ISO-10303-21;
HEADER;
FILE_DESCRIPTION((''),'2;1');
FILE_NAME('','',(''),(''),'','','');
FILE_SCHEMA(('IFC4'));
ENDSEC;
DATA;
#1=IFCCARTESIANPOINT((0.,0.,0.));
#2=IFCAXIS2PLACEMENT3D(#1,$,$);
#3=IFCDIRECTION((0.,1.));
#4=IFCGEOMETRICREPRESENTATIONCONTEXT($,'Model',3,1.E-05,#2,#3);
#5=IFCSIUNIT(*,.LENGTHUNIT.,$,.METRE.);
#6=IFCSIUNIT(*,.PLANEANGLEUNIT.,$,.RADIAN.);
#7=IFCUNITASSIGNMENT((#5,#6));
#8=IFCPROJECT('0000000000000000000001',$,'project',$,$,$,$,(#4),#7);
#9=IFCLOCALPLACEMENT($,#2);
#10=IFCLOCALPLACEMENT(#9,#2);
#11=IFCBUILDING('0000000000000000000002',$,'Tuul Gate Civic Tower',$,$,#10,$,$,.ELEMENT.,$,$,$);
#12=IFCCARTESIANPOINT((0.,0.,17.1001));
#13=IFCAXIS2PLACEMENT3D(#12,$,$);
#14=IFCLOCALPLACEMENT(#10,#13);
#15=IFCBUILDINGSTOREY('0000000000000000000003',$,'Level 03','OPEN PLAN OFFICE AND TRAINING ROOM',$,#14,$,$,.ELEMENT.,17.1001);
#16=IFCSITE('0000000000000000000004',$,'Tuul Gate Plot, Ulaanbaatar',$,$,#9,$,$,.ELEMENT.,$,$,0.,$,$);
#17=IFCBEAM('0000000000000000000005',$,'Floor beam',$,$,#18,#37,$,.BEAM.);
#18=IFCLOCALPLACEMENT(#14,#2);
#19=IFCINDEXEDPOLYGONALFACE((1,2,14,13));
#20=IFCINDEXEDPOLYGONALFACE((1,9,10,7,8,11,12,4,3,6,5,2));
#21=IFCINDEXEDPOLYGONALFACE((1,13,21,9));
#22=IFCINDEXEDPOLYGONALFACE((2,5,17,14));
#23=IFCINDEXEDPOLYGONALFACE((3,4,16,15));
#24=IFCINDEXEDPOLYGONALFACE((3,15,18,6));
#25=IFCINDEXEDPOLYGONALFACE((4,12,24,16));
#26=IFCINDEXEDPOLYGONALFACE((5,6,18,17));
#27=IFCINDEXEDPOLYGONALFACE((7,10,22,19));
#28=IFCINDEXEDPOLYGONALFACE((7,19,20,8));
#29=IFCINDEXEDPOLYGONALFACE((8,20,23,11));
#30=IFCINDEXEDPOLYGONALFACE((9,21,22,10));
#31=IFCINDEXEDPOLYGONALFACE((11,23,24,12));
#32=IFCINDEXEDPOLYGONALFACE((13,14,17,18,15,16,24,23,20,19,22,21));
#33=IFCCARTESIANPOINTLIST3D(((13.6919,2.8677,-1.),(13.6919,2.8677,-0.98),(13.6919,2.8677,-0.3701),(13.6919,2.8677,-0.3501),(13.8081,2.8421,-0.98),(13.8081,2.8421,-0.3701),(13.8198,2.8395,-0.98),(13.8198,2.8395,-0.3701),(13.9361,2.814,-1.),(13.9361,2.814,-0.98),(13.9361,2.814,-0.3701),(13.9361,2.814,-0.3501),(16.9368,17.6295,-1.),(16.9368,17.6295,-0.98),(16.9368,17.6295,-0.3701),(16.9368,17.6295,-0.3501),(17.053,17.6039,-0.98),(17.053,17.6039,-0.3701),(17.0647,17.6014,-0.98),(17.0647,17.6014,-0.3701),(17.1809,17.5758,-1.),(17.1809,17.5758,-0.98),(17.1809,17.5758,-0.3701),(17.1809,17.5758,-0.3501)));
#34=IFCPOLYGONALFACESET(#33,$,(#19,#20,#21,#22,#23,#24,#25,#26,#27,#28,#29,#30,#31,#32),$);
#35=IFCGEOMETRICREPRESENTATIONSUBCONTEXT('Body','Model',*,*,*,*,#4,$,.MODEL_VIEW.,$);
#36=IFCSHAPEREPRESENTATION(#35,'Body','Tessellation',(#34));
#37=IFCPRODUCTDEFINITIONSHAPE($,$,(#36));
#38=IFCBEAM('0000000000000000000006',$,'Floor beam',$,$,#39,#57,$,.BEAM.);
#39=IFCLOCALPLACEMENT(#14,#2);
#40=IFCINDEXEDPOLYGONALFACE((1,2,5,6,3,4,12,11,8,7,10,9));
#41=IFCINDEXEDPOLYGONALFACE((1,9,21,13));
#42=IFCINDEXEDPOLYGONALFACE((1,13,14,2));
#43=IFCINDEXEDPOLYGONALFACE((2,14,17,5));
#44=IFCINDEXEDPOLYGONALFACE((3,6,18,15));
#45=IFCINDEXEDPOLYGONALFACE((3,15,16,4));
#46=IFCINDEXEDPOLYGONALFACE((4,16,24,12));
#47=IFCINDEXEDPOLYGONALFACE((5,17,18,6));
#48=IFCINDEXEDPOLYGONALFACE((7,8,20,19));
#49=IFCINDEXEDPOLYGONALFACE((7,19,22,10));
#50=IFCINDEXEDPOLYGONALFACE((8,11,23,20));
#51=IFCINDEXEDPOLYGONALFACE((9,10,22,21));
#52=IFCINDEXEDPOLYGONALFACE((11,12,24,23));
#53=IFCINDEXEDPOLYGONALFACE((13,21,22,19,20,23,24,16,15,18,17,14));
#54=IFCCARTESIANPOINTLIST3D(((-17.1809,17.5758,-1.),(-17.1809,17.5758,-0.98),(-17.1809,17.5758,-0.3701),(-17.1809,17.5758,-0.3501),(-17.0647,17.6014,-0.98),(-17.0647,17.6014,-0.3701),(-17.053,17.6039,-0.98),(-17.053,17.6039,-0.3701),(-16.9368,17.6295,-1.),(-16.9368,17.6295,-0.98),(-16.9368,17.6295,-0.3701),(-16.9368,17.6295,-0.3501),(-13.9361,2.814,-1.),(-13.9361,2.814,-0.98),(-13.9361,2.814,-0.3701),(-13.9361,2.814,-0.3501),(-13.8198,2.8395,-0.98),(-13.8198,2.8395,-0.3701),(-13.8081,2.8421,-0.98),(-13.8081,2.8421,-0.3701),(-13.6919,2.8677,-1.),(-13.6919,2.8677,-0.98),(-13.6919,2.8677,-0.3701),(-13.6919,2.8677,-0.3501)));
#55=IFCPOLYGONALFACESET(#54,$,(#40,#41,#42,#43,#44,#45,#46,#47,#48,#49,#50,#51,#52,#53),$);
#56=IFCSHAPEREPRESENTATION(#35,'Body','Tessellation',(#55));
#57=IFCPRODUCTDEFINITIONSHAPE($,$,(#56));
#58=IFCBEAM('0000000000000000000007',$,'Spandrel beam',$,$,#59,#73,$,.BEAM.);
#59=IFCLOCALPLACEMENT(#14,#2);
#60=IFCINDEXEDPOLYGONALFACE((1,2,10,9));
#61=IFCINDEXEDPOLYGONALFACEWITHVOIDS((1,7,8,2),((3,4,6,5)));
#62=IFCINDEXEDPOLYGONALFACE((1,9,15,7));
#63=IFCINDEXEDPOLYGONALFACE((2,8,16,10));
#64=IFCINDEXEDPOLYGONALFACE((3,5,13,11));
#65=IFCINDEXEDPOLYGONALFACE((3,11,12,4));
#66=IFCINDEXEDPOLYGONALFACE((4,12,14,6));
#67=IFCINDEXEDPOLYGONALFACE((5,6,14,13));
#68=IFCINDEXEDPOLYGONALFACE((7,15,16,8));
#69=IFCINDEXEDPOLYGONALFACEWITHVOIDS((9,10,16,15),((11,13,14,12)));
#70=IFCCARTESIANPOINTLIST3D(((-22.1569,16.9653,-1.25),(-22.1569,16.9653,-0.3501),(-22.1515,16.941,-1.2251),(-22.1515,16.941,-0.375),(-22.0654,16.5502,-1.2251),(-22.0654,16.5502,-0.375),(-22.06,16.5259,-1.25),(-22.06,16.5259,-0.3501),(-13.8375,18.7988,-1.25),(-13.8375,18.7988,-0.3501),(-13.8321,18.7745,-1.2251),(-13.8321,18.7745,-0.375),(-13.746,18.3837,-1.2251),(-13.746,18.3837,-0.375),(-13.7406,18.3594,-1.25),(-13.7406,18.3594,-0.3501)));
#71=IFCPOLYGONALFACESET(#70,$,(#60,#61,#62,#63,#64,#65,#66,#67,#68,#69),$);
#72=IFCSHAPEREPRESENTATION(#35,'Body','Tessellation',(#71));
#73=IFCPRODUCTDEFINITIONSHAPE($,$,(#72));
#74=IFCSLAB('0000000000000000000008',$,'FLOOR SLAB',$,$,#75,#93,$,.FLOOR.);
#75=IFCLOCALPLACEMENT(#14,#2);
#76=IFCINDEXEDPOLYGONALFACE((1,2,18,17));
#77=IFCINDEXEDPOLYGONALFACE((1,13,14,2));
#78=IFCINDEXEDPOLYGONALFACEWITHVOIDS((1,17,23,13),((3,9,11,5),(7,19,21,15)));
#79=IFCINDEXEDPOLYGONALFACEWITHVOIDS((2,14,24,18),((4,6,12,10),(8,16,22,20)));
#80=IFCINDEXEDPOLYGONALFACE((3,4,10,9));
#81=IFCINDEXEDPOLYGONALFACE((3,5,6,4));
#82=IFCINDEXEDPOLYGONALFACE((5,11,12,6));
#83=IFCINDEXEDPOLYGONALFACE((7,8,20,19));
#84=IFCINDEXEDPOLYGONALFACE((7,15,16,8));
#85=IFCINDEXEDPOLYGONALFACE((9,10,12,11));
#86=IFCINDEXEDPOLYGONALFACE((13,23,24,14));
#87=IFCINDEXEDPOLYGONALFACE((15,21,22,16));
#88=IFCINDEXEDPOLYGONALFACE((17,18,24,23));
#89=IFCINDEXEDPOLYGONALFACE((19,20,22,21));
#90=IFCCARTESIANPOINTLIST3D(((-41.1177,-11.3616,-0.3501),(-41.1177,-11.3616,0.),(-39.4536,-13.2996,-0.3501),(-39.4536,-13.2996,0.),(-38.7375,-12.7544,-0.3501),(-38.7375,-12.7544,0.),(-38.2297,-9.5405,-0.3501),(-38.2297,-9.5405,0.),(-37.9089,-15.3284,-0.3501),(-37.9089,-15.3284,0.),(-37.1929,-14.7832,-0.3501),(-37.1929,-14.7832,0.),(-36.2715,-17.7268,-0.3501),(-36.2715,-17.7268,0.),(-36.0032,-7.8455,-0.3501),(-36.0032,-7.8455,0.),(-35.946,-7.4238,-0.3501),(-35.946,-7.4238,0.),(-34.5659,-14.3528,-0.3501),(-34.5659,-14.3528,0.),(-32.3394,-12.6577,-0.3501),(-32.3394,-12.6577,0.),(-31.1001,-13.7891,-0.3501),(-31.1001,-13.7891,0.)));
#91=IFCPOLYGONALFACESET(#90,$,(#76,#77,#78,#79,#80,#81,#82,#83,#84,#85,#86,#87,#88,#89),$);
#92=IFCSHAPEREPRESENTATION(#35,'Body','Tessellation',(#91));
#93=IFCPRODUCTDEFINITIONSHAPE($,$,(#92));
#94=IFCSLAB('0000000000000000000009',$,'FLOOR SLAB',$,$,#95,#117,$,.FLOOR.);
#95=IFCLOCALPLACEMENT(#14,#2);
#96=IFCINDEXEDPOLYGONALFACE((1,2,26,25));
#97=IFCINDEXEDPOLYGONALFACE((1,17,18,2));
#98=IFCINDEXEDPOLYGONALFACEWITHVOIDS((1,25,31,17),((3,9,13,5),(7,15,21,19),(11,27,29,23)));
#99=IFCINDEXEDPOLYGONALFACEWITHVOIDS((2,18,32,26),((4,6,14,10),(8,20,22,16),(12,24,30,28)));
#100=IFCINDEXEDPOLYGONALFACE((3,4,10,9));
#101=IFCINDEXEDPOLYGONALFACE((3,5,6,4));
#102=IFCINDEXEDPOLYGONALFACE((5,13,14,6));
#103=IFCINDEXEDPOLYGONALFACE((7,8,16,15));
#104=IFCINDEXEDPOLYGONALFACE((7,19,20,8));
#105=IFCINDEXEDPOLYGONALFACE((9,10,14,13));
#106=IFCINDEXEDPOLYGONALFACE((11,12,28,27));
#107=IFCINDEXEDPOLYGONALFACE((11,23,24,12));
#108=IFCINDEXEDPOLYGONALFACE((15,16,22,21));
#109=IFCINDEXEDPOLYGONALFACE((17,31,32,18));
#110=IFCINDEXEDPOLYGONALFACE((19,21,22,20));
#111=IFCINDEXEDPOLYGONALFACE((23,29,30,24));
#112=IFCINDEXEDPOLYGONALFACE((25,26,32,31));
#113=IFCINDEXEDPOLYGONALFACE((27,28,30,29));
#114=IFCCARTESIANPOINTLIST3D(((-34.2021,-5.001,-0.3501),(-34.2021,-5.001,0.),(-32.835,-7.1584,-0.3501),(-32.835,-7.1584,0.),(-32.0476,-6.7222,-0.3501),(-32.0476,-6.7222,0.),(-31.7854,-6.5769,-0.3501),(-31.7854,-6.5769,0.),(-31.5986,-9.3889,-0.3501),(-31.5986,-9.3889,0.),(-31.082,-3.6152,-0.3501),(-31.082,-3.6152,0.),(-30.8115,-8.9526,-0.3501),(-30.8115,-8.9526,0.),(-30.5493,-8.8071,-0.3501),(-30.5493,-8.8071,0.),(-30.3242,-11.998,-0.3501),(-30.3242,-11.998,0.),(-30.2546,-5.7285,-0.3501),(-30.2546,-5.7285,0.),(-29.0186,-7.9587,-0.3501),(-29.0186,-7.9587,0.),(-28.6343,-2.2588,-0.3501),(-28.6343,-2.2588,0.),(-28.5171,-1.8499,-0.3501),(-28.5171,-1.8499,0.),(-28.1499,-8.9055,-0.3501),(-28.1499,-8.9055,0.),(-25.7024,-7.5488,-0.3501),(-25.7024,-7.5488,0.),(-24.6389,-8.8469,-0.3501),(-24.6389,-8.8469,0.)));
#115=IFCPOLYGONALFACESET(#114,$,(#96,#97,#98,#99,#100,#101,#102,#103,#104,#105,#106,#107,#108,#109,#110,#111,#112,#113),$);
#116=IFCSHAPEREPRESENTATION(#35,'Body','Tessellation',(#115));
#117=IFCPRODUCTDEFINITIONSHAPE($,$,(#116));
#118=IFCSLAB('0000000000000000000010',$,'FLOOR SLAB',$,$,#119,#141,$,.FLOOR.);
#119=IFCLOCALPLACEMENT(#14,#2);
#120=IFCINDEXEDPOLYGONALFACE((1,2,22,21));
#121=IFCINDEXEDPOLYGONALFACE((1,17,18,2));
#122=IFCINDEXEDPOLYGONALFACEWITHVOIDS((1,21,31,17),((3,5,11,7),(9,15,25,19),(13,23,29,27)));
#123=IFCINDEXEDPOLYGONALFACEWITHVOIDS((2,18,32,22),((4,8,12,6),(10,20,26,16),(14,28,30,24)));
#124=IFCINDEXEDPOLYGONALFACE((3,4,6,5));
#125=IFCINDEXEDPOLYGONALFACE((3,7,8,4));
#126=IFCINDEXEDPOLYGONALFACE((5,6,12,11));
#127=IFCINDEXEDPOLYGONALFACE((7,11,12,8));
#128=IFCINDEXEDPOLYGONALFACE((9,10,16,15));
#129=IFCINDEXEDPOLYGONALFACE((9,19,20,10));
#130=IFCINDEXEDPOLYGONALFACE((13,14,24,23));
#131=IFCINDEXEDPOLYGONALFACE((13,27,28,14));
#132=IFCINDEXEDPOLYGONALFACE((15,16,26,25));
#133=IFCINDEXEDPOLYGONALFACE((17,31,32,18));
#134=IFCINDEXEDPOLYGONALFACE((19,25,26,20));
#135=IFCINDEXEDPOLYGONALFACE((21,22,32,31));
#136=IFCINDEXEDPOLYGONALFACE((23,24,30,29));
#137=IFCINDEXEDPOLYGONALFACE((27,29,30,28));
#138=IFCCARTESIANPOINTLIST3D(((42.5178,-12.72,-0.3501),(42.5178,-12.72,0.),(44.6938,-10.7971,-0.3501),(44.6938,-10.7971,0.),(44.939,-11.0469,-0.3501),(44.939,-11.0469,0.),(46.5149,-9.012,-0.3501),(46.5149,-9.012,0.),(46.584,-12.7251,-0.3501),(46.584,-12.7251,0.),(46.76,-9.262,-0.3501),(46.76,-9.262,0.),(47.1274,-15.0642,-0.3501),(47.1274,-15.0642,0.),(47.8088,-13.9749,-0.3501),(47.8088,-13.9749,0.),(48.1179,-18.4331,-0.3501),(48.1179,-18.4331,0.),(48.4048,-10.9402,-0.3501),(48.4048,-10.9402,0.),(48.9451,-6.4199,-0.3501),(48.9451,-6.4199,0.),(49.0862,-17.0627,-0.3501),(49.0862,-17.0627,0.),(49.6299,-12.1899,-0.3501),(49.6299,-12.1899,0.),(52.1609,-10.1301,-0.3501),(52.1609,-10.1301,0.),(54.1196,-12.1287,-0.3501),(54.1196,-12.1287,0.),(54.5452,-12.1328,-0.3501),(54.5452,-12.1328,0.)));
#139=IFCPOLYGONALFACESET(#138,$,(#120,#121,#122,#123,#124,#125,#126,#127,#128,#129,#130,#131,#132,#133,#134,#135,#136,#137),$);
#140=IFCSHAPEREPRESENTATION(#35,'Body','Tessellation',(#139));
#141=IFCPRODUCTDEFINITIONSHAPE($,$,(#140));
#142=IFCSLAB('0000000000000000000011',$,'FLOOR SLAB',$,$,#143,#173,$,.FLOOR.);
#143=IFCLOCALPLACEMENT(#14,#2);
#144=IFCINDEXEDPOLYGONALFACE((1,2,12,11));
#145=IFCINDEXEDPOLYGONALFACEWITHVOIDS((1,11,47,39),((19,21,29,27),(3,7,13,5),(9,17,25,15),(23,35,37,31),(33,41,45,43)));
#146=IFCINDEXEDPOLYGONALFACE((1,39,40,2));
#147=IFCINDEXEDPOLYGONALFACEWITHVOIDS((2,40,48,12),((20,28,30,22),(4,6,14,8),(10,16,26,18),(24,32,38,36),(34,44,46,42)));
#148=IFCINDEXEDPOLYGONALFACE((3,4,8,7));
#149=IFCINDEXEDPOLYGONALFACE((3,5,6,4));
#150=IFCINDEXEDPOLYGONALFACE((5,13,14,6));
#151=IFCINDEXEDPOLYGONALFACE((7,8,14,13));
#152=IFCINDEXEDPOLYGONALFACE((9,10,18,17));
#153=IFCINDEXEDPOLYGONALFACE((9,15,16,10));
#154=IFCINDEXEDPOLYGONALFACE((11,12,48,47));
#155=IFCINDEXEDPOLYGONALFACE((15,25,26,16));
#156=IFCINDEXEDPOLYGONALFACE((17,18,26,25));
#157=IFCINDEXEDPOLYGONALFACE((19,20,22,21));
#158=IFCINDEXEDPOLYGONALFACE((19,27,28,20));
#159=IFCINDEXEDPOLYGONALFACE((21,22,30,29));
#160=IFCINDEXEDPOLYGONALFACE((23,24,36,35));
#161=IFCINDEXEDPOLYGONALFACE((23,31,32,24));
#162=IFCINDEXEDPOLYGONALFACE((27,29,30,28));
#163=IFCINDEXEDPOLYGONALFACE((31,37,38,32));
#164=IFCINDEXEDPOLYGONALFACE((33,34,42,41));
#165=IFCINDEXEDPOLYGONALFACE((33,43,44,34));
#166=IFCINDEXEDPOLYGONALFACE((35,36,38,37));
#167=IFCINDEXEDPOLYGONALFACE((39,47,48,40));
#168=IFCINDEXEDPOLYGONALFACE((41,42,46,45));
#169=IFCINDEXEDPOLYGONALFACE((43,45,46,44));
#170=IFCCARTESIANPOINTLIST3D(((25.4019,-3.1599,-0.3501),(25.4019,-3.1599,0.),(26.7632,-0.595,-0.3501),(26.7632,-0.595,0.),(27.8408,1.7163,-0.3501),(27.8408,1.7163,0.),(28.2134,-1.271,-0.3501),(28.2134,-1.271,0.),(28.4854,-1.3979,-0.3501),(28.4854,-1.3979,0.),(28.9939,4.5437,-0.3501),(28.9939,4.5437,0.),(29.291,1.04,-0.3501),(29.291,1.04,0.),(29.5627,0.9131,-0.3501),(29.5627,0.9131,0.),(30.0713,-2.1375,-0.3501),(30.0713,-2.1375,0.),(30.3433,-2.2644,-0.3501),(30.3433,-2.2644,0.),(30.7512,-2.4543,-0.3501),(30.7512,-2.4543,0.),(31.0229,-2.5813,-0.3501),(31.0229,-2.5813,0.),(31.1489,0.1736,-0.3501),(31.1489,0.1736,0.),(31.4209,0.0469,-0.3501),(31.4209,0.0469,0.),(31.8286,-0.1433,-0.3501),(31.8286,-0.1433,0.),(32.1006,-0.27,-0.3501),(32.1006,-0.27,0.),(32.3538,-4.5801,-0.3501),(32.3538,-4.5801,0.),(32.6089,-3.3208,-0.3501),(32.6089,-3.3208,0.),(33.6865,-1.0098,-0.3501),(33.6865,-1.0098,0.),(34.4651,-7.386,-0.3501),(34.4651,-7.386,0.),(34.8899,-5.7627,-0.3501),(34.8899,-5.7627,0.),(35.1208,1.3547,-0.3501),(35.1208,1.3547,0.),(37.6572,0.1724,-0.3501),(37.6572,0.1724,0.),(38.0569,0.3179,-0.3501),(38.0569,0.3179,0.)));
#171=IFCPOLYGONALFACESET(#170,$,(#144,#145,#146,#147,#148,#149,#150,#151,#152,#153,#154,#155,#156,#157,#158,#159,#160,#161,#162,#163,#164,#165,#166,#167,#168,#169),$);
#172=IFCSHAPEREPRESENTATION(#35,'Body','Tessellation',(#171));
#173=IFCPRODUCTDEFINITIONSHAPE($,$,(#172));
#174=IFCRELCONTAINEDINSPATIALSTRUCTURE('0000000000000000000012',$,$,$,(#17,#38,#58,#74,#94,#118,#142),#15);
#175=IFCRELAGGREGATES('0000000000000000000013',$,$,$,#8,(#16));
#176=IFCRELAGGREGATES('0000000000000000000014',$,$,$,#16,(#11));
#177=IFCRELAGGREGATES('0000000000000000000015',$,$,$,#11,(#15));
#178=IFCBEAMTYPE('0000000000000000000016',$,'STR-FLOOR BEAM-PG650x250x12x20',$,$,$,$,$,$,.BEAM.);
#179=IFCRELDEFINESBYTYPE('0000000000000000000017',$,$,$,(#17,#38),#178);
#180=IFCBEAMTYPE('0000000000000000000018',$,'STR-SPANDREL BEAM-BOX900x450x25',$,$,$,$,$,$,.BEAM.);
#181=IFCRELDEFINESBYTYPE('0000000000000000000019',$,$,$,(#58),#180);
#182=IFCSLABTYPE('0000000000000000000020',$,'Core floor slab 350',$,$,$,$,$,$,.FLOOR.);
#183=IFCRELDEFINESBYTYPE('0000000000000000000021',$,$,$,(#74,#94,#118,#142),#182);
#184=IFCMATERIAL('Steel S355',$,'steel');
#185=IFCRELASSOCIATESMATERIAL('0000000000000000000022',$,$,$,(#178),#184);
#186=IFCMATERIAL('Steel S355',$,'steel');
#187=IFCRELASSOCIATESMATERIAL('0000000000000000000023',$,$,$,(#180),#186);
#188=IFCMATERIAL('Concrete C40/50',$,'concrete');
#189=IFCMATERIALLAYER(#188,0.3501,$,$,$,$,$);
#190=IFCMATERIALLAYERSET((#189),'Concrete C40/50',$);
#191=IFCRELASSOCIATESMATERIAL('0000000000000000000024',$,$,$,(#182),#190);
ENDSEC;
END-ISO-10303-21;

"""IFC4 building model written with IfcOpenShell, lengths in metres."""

from ifc_helpers import new_model, si_unit, direction, frame, origin, origin_2d, place, context, subcontext, project, spatial, polyline, hollow_rectangle, i_section, outline, extrude, material, layer, layer_set, material_profile, profile_set, type_object, element, save


model = new_model("IFC4")

# Units and contexts
model_context = context("Model", 3, precision=1e-05, world=origin(), true_north=direction((0.0, 1.0)))
body_context = subcontext(model_context, "Body", "Model", "MODEL_VIEW")
ifc_project = project(units=[si_unit("LENGTHUNIT", "METRE"), si_unit("PLANEANGLEUNIT", "RADIAN")], contexts=[model_context])

# Site, building, storey
site_placement = place(None, origin())
site = spatial("IfcSite", under=ifc_project, at=site_placement, Name="Tuul Gate Plot, Ulaanbaatar", CompositionType="ELEMENT", RefElevation=0.0)
building_placement = place(site_placement, origin())
building = spatial("IfcBuilding", under=site, at=building_placement, Name="Tuul Gate Civic Tower", CompositionType="ELEMENT")
storey_placement = place(building_placement, frame((0.0, 0.0, 17.1001)))
storey = spatial("IfcBuildingStorey", under=building, at=storey_placement, Name="Level 03", Description="OPEN PLAN OFFICE AND TRAINING ROOM", CompositionType="ELEMENT", Elevation=17.1001)

# Beams
ifc_material_1 = material(Name="Steel S355", Category="steel")
ifc_material_profile_1 = material_profile(ifc_material_1, i_section(OverallWidth=0.25, OverallDepth=0.6499, WebThickness=0.012, FlangeThickness=0.02, at=origin_2d()), Name="PG650x250x12x20")
ifc_profile_set_1 = profile_set([ifc_material_profile_1], Name="Steel S355")
beam_type_1 = type_object("IfcBeamType", Name="STR-FLOOR BEAM-PG650x250x12x20", PredefinedType="BEAM", material=ifc_profile_set_1)
for number, where, z_axis, x_axis, name in (
    (1, (13.814, 2.8408, -0.675), (0.214691, 0.976682, 0.0), (-0.976682, 0.214691, 0.0), "Floor beam"),
    (2, (-13.814, 2.8408, -0.675), (-0.214691, 0.976682, 0.0), (-0.976682, -0.214691, 0.0), "Floor beam"),
):
    element("IfcBeam", number, at=place(storey_placement, frame(where, z_axis=z_axis, x_axis=x_axis)), inside=storey, type_object=beam_type_1, Name=name, PredefinedType="BEAM", context=body_context, shape_type="SweptSolid", body=[
        extrude(i_section(OverallWidth=0.25, OverallDepth=0.6499, WebThickness=0.012, FlangeThickness=0.02, at=origin_2d()), origin(), (0.0, 0.0, 1.0), 15.1143),
    ])
ifc_material_2 = material(Name="Steel S355", Category="steel")
ifc_material_profile_2 = material_profile(ifc_material_2, hollow_rectangle(XDim=0.45, YDim=0.8999, WallThickness=0.0249, at=origin_2d()), Name="BOX900x450x25")
ifc_profile_set_2 = profile_set([ifc_material_profile_2], Name="Steel S355")
beam_type_2 = type_object("IfcBeamType", Name="STR-SPANDREL BEAM-BOX900x450x25", PredefinedType="BEAM", material=ifc_profile_set_2)
beam_1_placement = place(storey_placement, frame((-13.7891, 18.5791, -0.8), z_axis=(-0.976565, -0.215225, 0.0), x_axis=(0.215225, -0.976565, 0.0)))
element("IfcBeam", 3, at=beam_1_placement, inside=storey, type_object=beam_type_2, Name="Spandrel beam", PredefinedType="BEAM", context=body_context, shape_type="SweptSolid", body=[
    extrude(hollow_rectangle(XDim=0.45, YDim=0.8999, WallThickness=0.0249, at=origin_2d()), origin(), (0.0, 0.0, 1.0), 8.519),
])

# Slabs
ifc_material_3 = material(Name="Concrete C40/50", Category="concrete")
ifc_layer_1 = layer(ifc_material_3, 0.3501)
ifc_layer_set_1 = layer_set([ifc_layer_1], Name="Concrete C40/50")
slab_type_1 = type_object("IfcSlabType", Name="Core floor slab 350", PredefinedType="FLOOR", material=ifc_layer_set_1)
slab_1_placement = place(storey_placement, frame((0.0, 0.0, -0.3501)))
element("IfcSlab", 4, at=slab_1_placement, inside=storey, type_object=slab_type_1, Name="FLOOR SLAB", PredefinedType="FLOOR", context=body_context, shape_type="SweptSolid", body=[
    extrude(outline(polyline([(-31.1001, -13.7891), (-35.946, -7.4238), (-41.1177, -11.3616), (-36.2715, -17.7268), (-31.1001, -13.7891)]), holes=[polyline([(-37.1929, -14.7832), (-38.7375, -12.7544), (-39.4536, -13.2996), (-37.9089, -15.3284), (-37.1929, -14.7832)]), polyline([(-32.3394, -12.6577), (-34.5659, -14.3528), (-38.2297, -9.5405), (-36.0032, -7.8455), (-32.3394, -12.6577)])]), origin(), (0.0, 0.0, 1.0), 0.3501),
])
slab_2_placement = place(storey_placement, frame((0.0, 0.0, -0.3501)))
element("IfcSlab", 5, at=slab_2_placement, inside=storey, type_object=slab_type_1, Name="FLOOR SLAB", PredefinedType="FLOOR", context=body_context, shape_type="SweptSolid", body=[
    extrude(outline(polyline([(-24.6389, -8.8469), (-28.5171, -1.8499), (-34.2021, -5.001), (-30.3242, -11.998), (-24.6389, -8.8469)]), holes=[polyline([(-29.0186, -7.9587), (-30.2546, -5.7285), (-31.7854, -6.5769), (-30.5493, -8.8071), (-29.0186, -7.9587)]), polyline([(-30.8115, -8.9526), (-32.0476, -6.7222), (-32.835, -7.1584), (-31.5986, -9.3889), (-30.8115, -8.9526)]), polyline([(-25.7024, -7.5488), (-28.1499, -8.9055), (-31.082, -3.6152), (-28.6343, -2.2588), (-25.7024, -7.5488)])]), origin(), (0.0, 0.0, 1.0), 0.3501),
])
slab_3_placement = place(storey_placement, frame((0.0, 0.0, -0.3501)))
element("IfcSlab", 6, at=slab_3_placement, inside=storey, type_object=slab_type_1, Name="FLOOR SLAB", PredefinedType="FLOOR", context=body_context, shape_type="SweptSolid", body=[
    extrude(outline(polyline([(48.1179, -18.4331), (54.5452, -12.1328), (48.9451, -6.4199), (42.5178, -12.72), (48.1179, -18.4331)]), holes=[polyline([(47.8088, -13.9749), (49.6299, -12.1899), (48.4048, -10.9402), (46.584, -12.7251), (47.8088, -13.9749)]), polyline([(44.939, -11.0469), (46.76, -9.262), (46.5149, -9.012), (44.6938, -10.7971), (44.939, -11.0469)]), polyline([(49.0862, -17.0627), (47.1274, -15.0642), (52.1609, -10.1301), (54.1196, -12.1287), (49.0862, -17.0627)])]), origin(), (0.0, 0.0, 1.0), 0.3501),
])
slab_4_placement = place(storey_placement, frame((0.0, 0.0, -0.3501)))
element("IfcSlab", 7, at=slab_4_placement, inside=storey, type_object=slab_type_1, Name="FLOOR SLAB", PredefinedType="FLOOR", context=body_context, shape_type="SweptSolid", body=[
    extrude(outline(polyline([(34.4651, -7.386), (38.0569, 0.3179), (28.9939, 4.5437), (25.4019, -3.1599), (34.4651, -7.386)]), holes=[polyline([(32.6089, -3.3208), (33.6865, -1.0098), (32.1006, -0.27), (31.0229, -2.5813), (32.6089, -3.3208)]), polyline([(30.0713, -2.1375), (31.1489, 0.1736), (29.5627, 0.9131), (28.4854, -1.3979), (30.0713, -2.1375)]), polyline([(30.7512, -2.4543), (31.8286, -0.1433), (31.4209, 0.0469), (30.3433, -2.2644), (30.7512, -2.4543)]), polyline([(28.2134, -1.271), (29.291, 1.04), (27.8408, 1.7163), (26.7632, -0.595), (28.2134, -1.271)]), polyline([(34.8899, -5.7627), (32.3538, -4.5801), (35.1208, 1.3547), (37.6572, 0.1724), (34.8899, -5.7627)])]), origin(), (0.0, 0.0, 1.0), 0.3501),
])

save(model, "model.ifc")
